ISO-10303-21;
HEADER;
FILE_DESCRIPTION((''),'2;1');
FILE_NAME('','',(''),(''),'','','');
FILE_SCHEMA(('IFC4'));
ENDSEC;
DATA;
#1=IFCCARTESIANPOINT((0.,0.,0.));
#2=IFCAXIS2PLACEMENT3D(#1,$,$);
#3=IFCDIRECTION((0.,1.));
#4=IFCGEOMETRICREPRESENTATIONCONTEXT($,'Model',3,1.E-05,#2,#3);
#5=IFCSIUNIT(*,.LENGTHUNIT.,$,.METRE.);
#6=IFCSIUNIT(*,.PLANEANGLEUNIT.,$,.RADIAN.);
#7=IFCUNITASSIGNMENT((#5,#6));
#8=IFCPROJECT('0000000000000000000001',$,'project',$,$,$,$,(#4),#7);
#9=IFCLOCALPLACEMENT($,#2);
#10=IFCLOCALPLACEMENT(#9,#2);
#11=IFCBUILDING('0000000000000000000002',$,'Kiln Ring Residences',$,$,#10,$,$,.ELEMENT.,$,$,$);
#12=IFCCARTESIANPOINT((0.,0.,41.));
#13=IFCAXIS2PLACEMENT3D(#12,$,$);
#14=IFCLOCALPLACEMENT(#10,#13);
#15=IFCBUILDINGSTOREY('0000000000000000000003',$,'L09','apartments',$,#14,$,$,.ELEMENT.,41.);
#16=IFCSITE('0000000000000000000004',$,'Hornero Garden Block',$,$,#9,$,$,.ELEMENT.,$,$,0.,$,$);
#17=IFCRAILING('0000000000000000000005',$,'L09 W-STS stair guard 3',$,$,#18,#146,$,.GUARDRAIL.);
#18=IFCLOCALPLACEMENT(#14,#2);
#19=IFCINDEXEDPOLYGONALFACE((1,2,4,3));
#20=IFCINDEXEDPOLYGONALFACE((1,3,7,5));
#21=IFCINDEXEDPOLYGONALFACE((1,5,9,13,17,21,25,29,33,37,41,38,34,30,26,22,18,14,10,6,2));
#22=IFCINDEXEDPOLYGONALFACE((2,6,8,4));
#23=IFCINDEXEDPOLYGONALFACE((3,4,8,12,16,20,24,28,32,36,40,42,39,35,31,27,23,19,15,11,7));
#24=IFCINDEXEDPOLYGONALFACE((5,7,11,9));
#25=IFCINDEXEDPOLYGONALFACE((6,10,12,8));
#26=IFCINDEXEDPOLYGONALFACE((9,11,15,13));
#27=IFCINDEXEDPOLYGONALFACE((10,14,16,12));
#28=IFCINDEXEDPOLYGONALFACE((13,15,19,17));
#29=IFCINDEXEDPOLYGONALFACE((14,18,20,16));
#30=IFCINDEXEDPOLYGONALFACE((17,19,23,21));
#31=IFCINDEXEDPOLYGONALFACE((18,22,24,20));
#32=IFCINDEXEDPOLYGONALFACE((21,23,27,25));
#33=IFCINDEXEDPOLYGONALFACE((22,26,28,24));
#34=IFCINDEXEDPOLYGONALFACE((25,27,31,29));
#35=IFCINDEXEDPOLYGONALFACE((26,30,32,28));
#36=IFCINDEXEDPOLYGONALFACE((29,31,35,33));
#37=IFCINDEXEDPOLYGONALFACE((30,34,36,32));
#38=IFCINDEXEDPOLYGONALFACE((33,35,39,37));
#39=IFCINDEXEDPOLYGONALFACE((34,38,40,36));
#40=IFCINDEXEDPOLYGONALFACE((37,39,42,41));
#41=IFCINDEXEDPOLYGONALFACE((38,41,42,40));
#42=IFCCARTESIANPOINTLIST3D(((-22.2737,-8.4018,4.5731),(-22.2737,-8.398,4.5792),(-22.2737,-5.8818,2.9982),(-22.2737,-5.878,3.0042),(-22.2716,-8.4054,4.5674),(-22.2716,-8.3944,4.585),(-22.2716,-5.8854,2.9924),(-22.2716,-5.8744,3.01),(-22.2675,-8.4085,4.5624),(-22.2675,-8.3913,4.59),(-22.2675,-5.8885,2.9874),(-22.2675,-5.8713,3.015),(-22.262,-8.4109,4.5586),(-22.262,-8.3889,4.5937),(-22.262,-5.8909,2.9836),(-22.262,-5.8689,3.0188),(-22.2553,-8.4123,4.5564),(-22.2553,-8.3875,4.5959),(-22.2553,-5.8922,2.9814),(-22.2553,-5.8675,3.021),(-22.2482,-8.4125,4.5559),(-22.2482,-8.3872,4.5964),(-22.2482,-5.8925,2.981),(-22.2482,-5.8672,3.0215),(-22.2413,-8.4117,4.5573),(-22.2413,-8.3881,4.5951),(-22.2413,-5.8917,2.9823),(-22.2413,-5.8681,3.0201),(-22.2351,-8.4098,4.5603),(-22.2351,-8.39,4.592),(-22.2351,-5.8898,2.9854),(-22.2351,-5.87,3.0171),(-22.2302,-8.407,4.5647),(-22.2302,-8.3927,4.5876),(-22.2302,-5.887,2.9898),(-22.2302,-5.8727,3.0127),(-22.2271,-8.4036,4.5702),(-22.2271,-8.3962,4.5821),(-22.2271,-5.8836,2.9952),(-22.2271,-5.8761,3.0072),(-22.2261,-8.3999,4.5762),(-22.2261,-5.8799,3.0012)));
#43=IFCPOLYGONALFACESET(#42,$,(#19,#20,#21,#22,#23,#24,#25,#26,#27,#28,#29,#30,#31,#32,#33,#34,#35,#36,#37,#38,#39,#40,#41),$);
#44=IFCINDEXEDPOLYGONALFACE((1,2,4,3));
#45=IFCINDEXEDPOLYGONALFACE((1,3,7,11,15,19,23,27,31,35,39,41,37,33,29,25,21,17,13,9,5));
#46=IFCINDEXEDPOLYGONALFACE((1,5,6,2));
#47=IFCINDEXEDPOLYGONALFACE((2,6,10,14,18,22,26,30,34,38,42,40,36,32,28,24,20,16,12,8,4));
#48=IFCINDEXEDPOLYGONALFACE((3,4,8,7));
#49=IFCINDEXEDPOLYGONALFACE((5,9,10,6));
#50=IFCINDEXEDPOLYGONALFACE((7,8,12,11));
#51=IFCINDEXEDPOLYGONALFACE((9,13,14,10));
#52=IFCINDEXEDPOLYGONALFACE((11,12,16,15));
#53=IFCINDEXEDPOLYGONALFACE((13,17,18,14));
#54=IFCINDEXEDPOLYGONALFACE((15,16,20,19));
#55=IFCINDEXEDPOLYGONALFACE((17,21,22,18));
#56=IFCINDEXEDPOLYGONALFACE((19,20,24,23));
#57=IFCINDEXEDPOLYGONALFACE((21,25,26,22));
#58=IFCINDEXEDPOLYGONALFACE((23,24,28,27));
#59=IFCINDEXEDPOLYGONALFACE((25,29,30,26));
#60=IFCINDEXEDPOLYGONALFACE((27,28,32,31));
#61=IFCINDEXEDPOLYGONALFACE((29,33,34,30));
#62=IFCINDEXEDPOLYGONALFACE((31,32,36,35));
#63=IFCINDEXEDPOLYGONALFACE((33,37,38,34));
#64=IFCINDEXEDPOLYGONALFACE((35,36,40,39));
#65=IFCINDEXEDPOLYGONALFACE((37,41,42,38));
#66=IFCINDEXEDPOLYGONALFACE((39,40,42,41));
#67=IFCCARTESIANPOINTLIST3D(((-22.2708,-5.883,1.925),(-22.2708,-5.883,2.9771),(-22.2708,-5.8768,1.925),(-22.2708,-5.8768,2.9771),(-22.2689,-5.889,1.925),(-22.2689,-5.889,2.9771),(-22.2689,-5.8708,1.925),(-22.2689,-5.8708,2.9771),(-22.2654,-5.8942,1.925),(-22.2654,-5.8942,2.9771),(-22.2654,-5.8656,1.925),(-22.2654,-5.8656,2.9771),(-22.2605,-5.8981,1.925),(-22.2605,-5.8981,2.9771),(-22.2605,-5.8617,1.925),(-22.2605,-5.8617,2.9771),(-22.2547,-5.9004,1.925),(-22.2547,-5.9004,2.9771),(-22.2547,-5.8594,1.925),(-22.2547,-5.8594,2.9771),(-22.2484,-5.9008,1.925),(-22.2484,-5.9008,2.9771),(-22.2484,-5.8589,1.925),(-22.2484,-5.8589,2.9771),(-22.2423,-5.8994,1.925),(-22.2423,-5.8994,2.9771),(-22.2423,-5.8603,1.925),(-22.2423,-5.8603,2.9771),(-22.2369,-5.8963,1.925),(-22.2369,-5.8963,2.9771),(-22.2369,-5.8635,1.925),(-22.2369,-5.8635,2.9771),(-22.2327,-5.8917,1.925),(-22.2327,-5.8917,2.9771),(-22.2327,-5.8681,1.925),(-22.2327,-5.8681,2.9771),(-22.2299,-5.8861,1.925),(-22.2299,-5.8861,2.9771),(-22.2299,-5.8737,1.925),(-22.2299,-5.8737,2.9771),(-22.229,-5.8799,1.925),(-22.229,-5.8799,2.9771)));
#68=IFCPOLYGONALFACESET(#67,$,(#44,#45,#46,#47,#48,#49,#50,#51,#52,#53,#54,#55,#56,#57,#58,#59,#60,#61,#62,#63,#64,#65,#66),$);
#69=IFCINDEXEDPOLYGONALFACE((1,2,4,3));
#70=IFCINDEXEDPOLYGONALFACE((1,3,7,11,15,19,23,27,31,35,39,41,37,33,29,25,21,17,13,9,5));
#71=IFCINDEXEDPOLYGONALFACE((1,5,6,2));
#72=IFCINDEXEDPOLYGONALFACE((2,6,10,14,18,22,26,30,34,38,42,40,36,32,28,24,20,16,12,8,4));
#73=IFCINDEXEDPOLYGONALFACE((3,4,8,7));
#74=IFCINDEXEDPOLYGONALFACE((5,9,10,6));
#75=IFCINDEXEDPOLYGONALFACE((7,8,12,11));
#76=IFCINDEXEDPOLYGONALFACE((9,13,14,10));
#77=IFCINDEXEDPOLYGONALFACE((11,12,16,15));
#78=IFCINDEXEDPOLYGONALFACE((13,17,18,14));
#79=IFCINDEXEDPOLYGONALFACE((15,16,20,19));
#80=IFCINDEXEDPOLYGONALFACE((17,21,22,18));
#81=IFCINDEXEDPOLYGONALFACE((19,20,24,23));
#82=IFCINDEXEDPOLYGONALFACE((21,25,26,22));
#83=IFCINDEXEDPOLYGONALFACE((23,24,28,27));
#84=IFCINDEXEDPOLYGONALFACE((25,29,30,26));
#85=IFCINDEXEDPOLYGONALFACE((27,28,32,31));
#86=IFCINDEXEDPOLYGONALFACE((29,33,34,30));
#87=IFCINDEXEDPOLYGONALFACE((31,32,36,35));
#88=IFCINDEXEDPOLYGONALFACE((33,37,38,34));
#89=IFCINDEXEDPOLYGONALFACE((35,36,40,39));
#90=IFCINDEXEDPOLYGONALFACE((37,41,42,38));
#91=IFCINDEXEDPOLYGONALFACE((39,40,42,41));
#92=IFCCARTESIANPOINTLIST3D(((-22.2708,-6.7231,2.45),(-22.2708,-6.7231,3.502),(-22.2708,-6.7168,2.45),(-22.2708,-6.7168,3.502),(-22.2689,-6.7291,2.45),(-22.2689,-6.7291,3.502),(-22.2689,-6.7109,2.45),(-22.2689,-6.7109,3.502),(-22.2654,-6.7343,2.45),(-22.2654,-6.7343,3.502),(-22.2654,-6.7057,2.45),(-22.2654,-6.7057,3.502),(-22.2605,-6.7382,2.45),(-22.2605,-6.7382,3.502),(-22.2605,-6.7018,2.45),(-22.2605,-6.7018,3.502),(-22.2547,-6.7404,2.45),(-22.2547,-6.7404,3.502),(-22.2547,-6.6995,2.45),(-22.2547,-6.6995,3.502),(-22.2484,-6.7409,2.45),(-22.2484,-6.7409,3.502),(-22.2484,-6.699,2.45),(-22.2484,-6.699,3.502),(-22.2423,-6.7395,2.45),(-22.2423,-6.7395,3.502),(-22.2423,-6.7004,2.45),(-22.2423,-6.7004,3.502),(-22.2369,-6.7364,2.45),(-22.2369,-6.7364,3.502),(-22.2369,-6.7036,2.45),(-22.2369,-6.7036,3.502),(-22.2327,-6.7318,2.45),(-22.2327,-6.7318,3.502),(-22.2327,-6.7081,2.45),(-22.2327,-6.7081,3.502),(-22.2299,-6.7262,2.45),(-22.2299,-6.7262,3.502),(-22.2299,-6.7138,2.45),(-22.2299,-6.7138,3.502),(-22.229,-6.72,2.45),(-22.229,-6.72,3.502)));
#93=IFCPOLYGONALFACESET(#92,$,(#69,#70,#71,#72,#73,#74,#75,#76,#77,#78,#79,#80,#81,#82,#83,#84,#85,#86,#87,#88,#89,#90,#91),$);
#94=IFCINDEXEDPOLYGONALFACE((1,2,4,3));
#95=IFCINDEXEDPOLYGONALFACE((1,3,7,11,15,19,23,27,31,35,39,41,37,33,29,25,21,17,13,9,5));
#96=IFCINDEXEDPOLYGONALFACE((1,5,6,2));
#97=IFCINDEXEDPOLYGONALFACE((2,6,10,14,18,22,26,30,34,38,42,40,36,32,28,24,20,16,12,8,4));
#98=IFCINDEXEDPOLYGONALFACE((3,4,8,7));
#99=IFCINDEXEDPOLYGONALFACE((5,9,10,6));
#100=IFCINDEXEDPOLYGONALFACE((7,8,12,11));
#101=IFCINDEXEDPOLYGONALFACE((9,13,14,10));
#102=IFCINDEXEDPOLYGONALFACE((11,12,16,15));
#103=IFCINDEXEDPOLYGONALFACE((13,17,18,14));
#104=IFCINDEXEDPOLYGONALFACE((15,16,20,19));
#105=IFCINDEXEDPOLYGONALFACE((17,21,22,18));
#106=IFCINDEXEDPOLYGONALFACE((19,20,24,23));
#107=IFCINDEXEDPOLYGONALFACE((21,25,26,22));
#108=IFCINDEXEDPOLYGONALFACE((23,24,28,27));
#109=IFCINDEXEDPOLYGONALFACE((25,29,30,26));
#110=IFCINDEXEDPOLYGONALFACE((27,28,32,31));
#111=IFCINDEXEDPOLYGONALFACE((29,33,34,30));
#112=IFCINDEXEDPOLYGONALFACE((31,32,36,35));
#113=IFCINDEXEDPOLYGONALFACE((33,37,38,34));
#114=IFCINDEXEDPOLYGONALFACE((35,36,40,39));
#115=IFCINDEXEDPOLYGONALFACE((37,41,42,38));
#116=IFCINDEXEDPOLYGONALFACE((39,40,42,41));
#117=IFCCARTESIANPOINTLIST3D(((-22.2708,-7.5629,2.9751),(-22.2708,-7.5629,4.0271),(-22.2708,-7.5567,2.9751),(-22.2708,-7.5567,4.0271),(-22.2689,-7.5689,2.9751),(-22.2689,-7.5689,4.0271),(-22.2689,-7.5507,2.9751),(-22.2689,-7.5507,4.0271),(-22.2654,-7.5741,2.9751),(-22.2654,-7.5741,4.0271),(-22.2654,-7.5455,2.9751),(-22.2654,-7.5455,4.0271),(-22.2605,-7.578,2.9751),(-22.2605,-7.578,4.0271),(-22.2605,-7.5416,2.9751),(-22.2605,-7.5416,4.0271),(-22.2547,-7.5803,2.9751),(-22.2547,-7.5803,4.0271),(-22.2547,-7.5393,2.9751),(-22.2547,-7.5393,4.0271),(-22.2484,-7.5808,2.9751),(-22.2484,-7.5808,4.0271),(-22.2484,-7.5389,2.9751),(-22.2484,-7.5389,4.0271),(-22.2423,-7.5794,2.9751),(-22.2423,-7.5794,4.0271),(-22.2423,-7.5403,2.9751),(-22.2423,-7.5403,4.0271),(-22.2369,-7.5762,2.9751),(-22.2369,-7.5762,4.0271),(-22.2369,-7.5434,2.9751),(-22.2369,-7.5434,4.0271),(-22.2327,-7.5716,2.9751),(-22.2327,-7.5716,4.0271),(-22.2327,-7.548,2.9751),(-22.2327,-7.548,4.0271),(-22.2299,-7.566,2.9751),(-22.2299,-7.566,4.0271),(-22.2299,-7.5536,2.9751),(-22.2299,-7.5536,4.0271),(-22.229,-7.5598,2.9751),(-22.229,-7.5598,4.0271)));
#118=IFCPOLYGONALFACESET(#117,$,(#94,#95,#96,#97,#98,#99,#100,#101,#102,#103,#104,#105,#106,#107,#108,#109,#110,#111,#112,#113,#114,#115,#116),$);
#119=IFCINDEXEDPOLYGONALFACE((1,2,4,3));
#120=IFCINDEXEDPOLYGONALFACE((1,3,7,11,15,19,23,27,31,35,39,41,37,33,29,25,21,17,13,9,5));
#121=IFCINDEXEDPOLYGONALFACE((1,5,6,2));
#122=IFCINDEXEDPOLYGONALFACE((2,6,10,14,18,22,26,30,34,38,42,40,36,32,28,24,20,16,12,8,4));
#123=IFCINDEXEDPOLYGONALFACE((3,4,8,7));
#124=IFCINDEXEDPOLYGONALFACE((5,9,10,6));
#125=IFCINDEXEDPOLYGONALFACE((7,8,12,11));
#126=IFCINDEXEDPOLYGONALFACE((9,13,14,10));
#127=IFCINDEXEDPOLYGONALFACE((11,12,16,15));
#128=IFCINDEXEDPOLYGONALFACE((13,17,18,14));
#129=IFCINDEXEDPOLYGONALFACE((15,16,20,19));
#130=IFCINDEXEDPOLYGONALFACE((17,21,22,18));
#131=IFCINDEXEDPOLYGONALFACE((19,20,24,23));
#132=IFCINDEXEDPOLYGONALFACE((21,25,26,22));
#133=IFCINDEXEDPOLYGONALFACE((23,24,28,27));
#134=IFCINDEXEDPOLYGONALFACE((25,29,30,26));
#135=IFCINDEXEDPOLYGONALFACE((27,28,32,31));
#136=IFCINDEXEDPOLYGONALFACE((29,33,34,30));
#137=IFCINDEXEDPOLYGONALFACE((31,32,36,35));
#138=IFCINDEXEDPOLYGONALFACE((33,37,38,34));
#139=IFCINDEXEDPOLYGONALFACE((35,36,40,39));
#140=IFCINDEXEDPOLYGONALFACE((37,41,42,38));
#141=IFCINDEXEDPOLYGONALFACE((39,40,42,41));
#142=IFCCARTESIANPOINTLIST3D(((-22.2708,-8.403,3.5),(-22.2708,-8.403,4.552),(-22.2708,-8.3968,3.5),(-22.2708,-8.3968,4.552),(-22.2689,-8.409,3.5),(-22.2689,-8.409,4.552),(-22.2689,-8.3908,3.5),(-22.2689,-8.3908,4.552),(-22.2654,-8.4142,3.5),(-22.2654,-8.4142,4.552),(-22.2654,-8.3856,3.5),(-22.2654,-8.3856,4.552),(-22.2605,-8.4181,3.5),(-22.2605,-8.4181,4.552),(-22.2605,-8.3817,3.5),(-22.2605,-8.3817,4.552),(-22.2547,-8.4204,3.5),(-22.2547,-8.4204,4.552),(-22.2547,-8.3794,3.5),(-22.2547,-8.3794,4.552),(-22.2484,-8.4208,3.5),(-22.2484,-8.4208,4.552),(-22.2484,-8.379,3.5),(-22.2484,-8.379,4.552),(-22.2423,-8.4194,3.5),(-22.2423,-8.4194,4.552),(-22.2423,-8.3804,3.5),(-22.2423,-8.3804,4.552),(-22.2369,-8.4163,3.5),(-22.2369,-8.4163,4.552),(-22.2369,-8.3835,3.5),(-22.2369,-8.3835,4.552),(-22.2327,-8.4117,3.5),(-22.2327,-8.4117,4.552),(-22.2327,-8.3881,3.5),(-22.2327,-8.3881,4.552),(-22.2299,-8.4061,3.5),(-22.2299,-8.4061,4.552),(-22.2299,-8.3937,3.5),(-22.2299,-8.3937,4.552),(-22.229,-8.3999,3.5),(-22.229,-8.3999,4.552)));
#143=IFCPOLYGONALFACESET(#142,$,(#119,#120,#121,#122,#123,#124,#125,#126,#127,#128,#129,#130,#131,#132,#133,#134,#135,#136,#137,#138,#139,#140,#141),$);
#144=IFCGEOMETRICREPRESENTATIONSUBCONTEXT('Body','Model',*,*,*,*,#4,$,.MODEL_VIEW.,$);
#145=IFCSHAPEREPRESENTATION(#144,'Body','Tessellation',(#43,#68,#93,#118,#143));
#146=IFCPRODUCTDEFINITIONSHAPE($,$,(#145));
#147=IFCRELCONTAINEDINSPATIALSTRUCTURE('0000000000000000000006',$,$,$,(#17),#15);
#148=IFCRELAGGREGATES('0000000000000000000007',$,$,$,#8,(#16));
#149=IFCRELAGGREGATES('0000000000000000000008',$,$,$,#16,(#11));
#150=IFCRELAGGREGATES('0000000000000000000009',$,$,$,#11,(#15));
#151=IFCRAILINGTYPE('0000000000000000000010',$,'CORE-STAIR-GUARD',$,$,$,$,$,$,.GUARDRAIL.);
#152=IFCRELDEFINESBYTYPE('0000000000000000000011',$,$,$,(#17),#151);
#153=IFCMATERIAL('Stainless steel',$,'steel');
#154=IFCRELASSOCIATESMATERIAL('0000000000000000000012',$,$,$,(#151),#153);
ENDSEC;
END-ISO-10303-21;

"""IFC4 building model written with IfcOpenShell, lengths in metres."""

from ifc_helpers import new_model, si_unit, direction, frame, origin, origin_2d, place, context, subcontext, project, spatial, circle, extrude, material, type_object, element, save


model = new_model("IFC4")

# Units and contexts
model_context = context("Model", 3, precision=1e-05, world=origin(), true_north=direction((0.0, 1.0)))
body_context = subcontext(model_context, "Body", "Model", "MODEL_VIEW")
ifc_project = project(units=[si_unit("LENGTHUNIT", "METRE"), si_unit("PLANEANGLEUNIT", "RADIAN")], contexts=[model_context])

# Site, building, storey
site_placement = place(None, origin())
site = spatial("IfcSite", under=ifc_project, at=site_placement, Name="Hornero Garden Block", CompositionType="ELEMENT", RefElevation=0.0)
building_placement = place(site_placement, origin())
building = spatial("IfcBuilding", under=site, at=building_placement, Name="Kiln Ring Residences", CompositionType="ELEMENT")
storey_placement = place(building_placement, frame((0.0, 0.0, 41.0)))
storey = spatial("IfcBuildingStorey", under=building, at=storey_placement, Name="L09", Description="apartments", CompositionType="ELEMENT", Elevation=41.0)

# Railing
ifc_material_1 = material(Name="Stainless steel", Category="steel")
railing_type_1 = type_object("IfcRailingType", Name="CORE-STAIR-GUARD", PredefinedType="GUARDRAIL", material=ifc_material_1)
railing_1_placement = place(storey_placement, frame((-22.25, -5.8799, 1.925)))
element("IfcRailing", 1, at=railing_1_placement, inside=storey, type_object=railing_type_1, Name="L09 W-STS stair guard 3", PredefinedType="GUARDRAIL", context=body_context, shape_type="SweptSolid", body=[
    extrude(circle(Radius=0.0239, at=origin_2d()), frame((0.0, 0.0, 1.0762), z_axis=(0.0, -0.848008, 0.529984), x_axis=(1.0, 0.0, 0.0)), (0.0, 0.0, 1.0), 2.9717),
    extrude(circle(Radius=0.021, at=origin_2d()), origin(), (0.0, 0.0, 1.0), 1.052),
    extrude(circle(Radius=0.021, at=origin_2d()), frame((0.0, -0.8401, 0.5249)), (0.0, 0.0, 1.0), 1.052),
    extrude(circle(Radius=0.021, at=origin_2d()), frame((0.0, -1.6799, 1.05)), (0.0, 0.0, 1.0), 1.052),
    extrude(circle(Radius=0.021, at=origin_2d()), frame((0.0, -2.52, 1.575)), (0.0, 0.0, 1.0), 1.052),
])

save(model, "model.ifc")
